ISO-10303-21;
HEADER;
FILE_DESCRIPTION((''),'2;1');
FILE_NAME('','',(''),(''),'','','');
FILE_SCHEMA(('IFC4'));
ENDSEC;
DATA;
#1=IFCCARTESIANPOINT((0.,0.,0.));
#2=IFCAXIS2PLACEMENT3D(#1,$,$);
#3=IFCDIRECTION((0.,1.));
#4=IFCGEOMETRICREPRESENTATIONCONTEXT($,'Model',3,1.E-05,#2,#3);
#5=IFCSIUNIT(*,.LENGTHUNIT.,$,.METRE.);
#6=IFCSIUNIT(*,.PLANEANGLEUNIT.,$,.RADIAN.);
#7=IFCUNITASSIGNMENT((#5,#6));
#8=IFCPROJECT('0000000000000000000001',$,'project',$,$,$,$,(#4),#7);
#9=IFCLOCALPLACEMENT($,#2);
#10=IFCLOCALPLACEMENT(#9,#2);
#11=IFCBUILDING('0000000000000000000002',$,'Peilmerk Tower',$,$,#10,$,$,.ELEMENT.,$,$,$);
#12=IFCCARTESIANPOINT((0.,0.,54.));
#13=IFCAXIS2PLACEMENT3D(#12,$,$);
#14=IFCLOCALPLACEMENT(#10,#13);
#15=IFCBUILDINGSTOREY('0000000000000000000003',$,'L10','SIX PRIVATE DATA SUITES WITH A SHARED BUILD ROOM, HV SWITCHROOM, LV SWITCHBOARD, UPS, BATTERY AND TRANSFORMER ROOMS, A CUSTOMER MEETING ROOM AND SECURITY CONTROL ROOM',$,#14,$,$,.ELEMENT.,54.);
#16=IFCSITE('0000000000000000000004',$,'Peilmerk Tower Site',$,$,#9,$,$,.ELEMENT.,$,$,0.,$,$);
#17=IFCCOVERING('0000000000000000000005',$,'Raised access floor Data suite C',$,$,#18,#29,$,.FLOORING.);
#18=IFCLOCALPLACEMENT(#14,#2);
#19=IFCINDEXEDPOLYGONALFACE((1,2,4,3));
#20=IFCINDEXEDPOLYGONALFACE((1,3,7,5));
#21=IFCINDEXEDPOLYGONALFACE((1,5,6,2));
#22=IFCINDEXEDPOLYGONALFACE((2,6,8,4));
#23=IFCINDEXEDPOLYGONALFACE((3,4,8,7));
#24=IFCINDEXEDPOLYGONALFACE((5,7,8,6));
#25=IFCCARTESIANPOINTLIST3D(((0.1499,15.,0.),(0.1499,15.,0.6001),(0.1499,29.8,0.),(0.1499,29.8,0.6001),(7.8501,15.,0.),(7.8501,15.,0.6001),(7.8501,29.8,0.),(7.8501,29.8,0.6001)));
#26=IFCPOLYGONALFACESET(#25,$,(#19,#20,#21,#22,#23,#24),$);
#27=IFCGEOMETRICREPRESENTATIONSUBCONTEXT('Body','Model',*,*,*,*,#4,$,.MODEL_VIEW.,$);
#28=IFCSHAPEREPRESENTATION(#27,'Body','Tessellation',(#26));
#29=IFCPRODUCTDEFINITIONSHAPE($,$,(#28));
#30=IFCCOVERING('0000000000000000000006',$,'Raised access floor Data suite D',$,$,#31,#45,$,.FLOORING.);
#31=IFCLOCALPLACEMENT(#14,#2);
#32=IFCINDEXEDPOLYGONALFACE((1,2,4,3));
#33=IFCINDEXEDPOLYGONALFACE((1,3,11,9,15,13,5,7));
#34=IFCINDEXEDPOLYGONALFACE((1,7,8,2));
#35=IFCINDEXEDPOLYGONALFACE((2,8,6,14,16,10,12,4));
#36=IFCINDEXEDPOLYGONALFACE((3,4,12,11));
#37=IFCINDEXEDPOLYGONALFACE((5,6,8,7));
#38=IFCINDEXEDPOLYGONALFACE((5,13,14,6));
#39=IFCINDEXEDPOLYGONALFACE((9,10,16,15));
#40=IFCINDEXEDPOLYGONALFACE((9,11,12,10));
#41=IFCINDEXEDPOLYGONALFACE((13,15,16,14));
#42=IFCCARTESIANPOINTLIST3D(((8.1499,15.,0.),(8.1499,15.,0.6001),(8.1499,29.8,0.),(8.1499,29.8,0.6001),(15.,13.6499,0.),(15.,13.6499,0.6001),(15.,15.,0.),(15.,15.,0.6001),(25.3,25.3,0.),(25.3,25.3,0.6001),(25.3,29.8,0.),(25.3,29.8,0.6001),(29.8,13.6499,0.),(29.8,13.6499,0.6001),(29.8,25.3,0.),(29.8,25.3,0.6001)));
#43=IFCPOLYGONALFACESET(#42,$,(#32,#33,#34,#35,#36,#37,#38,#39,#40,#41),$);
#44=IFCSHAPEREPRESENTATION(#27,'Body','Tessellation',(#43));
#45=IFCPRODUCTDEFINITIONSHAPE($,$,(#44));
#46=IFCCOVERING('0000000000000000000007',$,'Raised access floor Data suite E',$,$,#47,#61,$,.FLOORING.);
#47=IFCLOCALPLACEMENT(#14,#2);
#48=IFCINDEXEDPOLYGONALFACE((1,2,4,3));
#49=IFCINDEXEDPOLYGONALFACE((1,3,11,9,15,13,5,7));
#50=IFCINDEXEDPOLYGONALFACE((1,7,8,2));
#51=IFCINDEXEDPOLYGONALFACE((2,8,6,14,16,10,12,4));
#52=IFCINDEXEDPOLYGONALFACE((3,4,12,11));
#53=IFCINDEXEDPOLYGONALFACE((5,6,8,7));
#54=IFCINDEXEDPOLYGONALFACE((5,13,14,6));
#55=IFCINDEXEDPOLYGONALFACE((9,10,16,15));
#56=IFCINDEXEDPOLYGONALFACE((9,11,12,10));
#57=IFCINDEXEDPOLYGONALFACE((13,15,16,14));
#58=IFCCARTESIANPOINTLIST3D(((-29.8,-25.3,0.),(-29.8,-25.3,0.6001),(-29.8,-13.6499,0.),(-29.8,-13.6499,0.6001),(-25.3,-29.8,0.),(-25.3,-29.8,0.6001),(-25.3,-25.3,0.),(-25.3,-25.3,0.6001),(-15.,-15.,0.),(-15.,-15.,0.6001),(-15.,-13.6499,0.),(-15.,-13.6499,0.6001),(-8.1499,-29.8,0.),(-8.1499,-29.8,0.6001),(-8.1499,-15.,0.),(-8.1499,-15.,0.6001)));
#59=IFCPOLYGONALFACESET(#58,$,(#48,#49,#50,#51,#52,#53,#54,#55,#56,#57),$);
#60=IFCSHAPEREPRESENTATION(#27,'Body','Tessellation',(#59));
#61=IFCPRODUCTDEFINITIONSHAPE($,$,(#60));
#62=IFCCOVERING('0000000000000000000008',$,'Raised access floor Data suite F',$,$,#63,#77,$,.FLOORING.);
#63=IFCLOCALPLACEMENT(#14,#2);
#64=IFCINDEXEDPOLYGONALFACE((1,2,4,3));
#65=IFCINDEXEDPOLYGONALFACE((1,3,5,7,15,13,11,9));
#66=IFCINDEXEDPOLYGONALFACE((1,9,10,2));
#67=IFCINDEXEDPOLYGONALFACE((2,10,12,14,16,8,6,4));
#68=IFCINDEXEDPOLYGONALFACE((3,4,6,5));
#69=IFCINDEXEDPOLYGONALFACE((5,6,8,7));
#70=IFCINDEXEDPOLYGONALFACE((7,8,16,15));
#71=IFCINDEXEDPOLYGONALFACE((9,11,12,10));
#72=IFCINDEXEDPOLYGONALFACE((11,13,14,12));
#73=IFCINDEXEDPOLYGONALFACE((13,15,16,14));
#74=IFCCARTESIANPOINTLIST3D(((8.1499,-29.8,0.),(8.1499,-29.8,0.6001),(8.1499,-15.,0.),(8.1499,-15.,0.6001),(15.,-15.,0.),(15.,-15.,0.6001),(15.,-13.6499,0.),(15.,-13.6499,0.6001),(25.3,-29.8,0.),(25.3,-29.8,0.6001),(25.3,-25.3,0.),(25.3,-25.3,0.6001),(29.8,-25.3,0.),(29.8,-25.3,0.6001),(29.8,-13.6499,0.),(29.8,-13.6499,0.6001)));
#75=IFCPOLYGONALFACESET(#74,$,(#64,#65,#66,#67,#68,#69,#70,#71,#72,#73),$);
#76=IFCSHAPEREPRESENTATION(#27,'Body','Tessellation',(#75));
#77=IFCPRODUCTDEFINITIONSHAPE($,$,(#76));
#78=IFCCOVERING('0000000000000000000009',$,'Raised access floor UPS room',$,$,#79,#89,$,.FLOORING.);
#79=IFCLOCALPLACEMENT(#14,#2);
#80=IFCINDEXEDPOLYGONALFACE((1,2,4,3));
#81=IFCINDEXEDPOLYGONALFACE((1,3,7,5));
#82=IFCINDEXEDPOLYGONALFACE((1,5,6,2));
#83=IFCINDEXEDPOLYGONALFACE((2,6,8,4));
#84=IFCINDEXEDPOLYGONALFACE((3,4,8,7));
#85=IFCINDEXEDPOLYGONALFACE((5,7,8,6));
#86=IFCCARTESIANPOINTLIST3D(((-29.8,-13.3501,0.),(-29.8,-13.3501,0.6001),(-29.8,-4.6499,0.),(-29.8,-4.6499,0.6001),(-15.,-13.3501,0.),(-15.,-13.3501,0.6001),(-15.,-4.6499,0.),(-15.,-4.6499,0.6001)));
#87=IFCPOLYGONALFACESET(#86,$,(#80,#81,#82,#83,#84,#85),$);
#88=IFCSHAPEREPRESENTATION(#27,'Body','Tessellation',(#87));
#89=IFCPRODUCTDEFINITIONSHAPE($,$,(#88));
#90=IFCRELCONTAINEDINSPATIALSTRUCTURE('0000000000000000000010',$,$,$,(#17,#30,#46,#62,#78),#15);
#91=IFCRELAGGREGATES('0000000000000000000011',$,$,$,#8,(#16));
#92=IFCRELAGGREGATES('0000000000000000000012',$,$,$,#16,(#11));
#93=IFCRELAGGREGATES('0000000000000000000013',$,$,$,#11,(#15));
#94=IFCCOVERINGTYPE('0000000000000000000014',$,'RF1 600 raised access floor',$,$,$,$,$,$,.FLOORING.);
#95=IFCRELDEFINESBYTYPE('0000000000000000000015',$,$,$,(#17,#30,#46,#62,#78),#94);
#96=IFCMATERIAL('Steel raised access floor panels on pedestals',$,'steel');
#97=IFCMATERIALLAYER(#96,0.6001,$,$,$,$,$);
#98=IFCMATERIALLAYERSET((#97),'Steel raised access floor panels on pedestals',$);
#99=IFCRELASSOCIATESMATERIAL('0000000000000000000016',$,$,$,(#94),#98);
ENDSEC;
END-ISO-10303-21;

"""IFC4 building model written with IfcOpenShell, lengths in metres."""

from ifc_helpers import new_model, si_unit, direction, frame, origin, place, context, subcontext, project, spatial, polyline, outline, extrude, material, layer, layer_set, type_object, element, save


model = new_model("IFC4")

# Units and contexts
model_context = context("Model", 3, precision=1e-05, world=origin(), true_north=direction((0.0, 1.0)))
body_context = subcontext(model_context, "Body", "Model", "MODEL_VIEW")
ifc_project = project(units=[si_unit("LENGTHUNIT", "METRE"), si_unit("PLANEANGLEUNIT", "RADIAN")], contexts=[model_context])

# Site, building, storey
site_placement = place(None, origin())
site = spatial("IfcSite", under=ifc_project, at=site_placement, Name="Peilmerk Tower Site", CompositionType="ELEMENT", RefElevation=0.0)
building_placement = place(site_placement, origin())
building = spatial("IfcBuilding", under=site, at=building_placement, Name="Peilmerk Tower", CompositionType="ELEMENT")
storey_placement = place(building_placement, frame((0.0, 0.0, 54.0)))
storey = spatial("IfcBuildingStorey", under=building, at=storey_placement, Name="L10", Description="SIX PRIVATE DATA SUITES WITH A SHARED BUILD ROOM, HV SWITCHROOM, LV SWITCHBOARD, UPS, BATTERY AND TRANSFORMER ROOMS, A CUSTOMER MEETING ROOM AND SECURITY CONTROL ROOM", CompositionType="ELEMENT", Elevation=54.0)

# Coverings
ifc_material_1 = material(Name="Steel raised access floor panels on pedestals", Category="steel")
ifc_layer_1 = layer(ifc_material_1, 0.6001)
ifc_layer_set_1 = layer_set([ifc_layer_1], Name="Steel raised access floor panels on pedestals")
covering_type_1 = type_object("IfcCoveringType", Name="RF1 600 raised access floor", PredefinedType="FLOORING", material=ifc_layer_set_1)
covering_1_placement = place(storey_placement, origin())
element("IfcCovering", 1, at=covering_1_placement, inside=storey, type_object=covering_type_1, Name="Raised access floor Data suite C", PredefinedType="FLOORING", context=body_context, shape_type="SweptSolid", body=[
    extrude(outline(polyline([(7.8501, 29.8), (0.1499, 29.8), (0.1499, 15.0), (7.8501, 15.0), (7.8501, 29.8)])), origin(), (0.0, 0.0, 1.0), 0.6001),
])
covering_2_placement = place(storey_placement, origin())
element("IfcCovering", 2, at=covering_2_placement, inside=storey, type_object=covering_type_1, Name="Raised access floor Data suite D", PredefinedType="FLOORING", context=body_context, shape_type="SweptSolid", body=[
    extrude(outline(polyline([(25.3, 29.8), (8.1499, 29.8), (8.1499, 15.0), (15.0, 15.0), (15.0, 13.6499), (29.8, 13.6499), (29.8, 25.3), (25.3, 25.3), (25.3, 29.8)])), origin(), (0.0, 0.0, 1.0), 0.6001),
])
covering_3_placement = place(storey_placement, origin())
element("IfcCovering", 3, at=covering_3_placement, inside=storey, type_object=covering_type_1, Name="Raised access floor Data suite E", PredefinedType="FLOORING", context=body_context, shape_type="SweptSolid", body=[
    extrude(outline(polyline([(-25.3, -29.8), (-8.1499, -29.8), (-8.1499, -15.0), (-15.0, -15.0), (-15.0, -13.6499), (-29.8, -13.6499), (-29.8, -25.3), (-25.3, -25.3), (-25.3, -29.8)])), origin(), (0.0, 0.0, 1.0), 0.6001),
])
covering_4_placement = place(storey_placement, origin())
element("IfcCovering", 4, at=covering_4_placement, inside=storey, type_object=covering_type_1, Name="Raised access floor Data suite F", PredefinedType="FLOORING", context=body_context, shape_type="SweptSolid", body=[
    extrude(outline(polyline([(8.1499, -29.8), (25.3, -29.8), (25.3, -25.3), (29.8, -25.3), (29.8, -13.6499), (15.0, -13.6499), (15.0, -15.0), (8.1499, -15.0), (8.1499, -29.8)])), origin(), (0.0, 0.0, 1.0), 0.6001),
])
covering_5_placement = place(storey_placement, origin())
element("IfcCovering", 5, at=covering_5_placement, inside=storey, type_object=covering_type_1, Name="Raised access floor UPS room", PredefinedType="FLOORING", context=body_context, shape_type="SweptSolid", body=[
    extrude(outline(polyline([(-29.8, -4.6499), (-29.8, -13.3501), (-15.0, -13.3501), (-15.0, -4.6499), (-29.8, -4.6499)])), origin(), (0.0, 0.0, 1.0), 0.6001),
])

save(model, "model.ifc")
